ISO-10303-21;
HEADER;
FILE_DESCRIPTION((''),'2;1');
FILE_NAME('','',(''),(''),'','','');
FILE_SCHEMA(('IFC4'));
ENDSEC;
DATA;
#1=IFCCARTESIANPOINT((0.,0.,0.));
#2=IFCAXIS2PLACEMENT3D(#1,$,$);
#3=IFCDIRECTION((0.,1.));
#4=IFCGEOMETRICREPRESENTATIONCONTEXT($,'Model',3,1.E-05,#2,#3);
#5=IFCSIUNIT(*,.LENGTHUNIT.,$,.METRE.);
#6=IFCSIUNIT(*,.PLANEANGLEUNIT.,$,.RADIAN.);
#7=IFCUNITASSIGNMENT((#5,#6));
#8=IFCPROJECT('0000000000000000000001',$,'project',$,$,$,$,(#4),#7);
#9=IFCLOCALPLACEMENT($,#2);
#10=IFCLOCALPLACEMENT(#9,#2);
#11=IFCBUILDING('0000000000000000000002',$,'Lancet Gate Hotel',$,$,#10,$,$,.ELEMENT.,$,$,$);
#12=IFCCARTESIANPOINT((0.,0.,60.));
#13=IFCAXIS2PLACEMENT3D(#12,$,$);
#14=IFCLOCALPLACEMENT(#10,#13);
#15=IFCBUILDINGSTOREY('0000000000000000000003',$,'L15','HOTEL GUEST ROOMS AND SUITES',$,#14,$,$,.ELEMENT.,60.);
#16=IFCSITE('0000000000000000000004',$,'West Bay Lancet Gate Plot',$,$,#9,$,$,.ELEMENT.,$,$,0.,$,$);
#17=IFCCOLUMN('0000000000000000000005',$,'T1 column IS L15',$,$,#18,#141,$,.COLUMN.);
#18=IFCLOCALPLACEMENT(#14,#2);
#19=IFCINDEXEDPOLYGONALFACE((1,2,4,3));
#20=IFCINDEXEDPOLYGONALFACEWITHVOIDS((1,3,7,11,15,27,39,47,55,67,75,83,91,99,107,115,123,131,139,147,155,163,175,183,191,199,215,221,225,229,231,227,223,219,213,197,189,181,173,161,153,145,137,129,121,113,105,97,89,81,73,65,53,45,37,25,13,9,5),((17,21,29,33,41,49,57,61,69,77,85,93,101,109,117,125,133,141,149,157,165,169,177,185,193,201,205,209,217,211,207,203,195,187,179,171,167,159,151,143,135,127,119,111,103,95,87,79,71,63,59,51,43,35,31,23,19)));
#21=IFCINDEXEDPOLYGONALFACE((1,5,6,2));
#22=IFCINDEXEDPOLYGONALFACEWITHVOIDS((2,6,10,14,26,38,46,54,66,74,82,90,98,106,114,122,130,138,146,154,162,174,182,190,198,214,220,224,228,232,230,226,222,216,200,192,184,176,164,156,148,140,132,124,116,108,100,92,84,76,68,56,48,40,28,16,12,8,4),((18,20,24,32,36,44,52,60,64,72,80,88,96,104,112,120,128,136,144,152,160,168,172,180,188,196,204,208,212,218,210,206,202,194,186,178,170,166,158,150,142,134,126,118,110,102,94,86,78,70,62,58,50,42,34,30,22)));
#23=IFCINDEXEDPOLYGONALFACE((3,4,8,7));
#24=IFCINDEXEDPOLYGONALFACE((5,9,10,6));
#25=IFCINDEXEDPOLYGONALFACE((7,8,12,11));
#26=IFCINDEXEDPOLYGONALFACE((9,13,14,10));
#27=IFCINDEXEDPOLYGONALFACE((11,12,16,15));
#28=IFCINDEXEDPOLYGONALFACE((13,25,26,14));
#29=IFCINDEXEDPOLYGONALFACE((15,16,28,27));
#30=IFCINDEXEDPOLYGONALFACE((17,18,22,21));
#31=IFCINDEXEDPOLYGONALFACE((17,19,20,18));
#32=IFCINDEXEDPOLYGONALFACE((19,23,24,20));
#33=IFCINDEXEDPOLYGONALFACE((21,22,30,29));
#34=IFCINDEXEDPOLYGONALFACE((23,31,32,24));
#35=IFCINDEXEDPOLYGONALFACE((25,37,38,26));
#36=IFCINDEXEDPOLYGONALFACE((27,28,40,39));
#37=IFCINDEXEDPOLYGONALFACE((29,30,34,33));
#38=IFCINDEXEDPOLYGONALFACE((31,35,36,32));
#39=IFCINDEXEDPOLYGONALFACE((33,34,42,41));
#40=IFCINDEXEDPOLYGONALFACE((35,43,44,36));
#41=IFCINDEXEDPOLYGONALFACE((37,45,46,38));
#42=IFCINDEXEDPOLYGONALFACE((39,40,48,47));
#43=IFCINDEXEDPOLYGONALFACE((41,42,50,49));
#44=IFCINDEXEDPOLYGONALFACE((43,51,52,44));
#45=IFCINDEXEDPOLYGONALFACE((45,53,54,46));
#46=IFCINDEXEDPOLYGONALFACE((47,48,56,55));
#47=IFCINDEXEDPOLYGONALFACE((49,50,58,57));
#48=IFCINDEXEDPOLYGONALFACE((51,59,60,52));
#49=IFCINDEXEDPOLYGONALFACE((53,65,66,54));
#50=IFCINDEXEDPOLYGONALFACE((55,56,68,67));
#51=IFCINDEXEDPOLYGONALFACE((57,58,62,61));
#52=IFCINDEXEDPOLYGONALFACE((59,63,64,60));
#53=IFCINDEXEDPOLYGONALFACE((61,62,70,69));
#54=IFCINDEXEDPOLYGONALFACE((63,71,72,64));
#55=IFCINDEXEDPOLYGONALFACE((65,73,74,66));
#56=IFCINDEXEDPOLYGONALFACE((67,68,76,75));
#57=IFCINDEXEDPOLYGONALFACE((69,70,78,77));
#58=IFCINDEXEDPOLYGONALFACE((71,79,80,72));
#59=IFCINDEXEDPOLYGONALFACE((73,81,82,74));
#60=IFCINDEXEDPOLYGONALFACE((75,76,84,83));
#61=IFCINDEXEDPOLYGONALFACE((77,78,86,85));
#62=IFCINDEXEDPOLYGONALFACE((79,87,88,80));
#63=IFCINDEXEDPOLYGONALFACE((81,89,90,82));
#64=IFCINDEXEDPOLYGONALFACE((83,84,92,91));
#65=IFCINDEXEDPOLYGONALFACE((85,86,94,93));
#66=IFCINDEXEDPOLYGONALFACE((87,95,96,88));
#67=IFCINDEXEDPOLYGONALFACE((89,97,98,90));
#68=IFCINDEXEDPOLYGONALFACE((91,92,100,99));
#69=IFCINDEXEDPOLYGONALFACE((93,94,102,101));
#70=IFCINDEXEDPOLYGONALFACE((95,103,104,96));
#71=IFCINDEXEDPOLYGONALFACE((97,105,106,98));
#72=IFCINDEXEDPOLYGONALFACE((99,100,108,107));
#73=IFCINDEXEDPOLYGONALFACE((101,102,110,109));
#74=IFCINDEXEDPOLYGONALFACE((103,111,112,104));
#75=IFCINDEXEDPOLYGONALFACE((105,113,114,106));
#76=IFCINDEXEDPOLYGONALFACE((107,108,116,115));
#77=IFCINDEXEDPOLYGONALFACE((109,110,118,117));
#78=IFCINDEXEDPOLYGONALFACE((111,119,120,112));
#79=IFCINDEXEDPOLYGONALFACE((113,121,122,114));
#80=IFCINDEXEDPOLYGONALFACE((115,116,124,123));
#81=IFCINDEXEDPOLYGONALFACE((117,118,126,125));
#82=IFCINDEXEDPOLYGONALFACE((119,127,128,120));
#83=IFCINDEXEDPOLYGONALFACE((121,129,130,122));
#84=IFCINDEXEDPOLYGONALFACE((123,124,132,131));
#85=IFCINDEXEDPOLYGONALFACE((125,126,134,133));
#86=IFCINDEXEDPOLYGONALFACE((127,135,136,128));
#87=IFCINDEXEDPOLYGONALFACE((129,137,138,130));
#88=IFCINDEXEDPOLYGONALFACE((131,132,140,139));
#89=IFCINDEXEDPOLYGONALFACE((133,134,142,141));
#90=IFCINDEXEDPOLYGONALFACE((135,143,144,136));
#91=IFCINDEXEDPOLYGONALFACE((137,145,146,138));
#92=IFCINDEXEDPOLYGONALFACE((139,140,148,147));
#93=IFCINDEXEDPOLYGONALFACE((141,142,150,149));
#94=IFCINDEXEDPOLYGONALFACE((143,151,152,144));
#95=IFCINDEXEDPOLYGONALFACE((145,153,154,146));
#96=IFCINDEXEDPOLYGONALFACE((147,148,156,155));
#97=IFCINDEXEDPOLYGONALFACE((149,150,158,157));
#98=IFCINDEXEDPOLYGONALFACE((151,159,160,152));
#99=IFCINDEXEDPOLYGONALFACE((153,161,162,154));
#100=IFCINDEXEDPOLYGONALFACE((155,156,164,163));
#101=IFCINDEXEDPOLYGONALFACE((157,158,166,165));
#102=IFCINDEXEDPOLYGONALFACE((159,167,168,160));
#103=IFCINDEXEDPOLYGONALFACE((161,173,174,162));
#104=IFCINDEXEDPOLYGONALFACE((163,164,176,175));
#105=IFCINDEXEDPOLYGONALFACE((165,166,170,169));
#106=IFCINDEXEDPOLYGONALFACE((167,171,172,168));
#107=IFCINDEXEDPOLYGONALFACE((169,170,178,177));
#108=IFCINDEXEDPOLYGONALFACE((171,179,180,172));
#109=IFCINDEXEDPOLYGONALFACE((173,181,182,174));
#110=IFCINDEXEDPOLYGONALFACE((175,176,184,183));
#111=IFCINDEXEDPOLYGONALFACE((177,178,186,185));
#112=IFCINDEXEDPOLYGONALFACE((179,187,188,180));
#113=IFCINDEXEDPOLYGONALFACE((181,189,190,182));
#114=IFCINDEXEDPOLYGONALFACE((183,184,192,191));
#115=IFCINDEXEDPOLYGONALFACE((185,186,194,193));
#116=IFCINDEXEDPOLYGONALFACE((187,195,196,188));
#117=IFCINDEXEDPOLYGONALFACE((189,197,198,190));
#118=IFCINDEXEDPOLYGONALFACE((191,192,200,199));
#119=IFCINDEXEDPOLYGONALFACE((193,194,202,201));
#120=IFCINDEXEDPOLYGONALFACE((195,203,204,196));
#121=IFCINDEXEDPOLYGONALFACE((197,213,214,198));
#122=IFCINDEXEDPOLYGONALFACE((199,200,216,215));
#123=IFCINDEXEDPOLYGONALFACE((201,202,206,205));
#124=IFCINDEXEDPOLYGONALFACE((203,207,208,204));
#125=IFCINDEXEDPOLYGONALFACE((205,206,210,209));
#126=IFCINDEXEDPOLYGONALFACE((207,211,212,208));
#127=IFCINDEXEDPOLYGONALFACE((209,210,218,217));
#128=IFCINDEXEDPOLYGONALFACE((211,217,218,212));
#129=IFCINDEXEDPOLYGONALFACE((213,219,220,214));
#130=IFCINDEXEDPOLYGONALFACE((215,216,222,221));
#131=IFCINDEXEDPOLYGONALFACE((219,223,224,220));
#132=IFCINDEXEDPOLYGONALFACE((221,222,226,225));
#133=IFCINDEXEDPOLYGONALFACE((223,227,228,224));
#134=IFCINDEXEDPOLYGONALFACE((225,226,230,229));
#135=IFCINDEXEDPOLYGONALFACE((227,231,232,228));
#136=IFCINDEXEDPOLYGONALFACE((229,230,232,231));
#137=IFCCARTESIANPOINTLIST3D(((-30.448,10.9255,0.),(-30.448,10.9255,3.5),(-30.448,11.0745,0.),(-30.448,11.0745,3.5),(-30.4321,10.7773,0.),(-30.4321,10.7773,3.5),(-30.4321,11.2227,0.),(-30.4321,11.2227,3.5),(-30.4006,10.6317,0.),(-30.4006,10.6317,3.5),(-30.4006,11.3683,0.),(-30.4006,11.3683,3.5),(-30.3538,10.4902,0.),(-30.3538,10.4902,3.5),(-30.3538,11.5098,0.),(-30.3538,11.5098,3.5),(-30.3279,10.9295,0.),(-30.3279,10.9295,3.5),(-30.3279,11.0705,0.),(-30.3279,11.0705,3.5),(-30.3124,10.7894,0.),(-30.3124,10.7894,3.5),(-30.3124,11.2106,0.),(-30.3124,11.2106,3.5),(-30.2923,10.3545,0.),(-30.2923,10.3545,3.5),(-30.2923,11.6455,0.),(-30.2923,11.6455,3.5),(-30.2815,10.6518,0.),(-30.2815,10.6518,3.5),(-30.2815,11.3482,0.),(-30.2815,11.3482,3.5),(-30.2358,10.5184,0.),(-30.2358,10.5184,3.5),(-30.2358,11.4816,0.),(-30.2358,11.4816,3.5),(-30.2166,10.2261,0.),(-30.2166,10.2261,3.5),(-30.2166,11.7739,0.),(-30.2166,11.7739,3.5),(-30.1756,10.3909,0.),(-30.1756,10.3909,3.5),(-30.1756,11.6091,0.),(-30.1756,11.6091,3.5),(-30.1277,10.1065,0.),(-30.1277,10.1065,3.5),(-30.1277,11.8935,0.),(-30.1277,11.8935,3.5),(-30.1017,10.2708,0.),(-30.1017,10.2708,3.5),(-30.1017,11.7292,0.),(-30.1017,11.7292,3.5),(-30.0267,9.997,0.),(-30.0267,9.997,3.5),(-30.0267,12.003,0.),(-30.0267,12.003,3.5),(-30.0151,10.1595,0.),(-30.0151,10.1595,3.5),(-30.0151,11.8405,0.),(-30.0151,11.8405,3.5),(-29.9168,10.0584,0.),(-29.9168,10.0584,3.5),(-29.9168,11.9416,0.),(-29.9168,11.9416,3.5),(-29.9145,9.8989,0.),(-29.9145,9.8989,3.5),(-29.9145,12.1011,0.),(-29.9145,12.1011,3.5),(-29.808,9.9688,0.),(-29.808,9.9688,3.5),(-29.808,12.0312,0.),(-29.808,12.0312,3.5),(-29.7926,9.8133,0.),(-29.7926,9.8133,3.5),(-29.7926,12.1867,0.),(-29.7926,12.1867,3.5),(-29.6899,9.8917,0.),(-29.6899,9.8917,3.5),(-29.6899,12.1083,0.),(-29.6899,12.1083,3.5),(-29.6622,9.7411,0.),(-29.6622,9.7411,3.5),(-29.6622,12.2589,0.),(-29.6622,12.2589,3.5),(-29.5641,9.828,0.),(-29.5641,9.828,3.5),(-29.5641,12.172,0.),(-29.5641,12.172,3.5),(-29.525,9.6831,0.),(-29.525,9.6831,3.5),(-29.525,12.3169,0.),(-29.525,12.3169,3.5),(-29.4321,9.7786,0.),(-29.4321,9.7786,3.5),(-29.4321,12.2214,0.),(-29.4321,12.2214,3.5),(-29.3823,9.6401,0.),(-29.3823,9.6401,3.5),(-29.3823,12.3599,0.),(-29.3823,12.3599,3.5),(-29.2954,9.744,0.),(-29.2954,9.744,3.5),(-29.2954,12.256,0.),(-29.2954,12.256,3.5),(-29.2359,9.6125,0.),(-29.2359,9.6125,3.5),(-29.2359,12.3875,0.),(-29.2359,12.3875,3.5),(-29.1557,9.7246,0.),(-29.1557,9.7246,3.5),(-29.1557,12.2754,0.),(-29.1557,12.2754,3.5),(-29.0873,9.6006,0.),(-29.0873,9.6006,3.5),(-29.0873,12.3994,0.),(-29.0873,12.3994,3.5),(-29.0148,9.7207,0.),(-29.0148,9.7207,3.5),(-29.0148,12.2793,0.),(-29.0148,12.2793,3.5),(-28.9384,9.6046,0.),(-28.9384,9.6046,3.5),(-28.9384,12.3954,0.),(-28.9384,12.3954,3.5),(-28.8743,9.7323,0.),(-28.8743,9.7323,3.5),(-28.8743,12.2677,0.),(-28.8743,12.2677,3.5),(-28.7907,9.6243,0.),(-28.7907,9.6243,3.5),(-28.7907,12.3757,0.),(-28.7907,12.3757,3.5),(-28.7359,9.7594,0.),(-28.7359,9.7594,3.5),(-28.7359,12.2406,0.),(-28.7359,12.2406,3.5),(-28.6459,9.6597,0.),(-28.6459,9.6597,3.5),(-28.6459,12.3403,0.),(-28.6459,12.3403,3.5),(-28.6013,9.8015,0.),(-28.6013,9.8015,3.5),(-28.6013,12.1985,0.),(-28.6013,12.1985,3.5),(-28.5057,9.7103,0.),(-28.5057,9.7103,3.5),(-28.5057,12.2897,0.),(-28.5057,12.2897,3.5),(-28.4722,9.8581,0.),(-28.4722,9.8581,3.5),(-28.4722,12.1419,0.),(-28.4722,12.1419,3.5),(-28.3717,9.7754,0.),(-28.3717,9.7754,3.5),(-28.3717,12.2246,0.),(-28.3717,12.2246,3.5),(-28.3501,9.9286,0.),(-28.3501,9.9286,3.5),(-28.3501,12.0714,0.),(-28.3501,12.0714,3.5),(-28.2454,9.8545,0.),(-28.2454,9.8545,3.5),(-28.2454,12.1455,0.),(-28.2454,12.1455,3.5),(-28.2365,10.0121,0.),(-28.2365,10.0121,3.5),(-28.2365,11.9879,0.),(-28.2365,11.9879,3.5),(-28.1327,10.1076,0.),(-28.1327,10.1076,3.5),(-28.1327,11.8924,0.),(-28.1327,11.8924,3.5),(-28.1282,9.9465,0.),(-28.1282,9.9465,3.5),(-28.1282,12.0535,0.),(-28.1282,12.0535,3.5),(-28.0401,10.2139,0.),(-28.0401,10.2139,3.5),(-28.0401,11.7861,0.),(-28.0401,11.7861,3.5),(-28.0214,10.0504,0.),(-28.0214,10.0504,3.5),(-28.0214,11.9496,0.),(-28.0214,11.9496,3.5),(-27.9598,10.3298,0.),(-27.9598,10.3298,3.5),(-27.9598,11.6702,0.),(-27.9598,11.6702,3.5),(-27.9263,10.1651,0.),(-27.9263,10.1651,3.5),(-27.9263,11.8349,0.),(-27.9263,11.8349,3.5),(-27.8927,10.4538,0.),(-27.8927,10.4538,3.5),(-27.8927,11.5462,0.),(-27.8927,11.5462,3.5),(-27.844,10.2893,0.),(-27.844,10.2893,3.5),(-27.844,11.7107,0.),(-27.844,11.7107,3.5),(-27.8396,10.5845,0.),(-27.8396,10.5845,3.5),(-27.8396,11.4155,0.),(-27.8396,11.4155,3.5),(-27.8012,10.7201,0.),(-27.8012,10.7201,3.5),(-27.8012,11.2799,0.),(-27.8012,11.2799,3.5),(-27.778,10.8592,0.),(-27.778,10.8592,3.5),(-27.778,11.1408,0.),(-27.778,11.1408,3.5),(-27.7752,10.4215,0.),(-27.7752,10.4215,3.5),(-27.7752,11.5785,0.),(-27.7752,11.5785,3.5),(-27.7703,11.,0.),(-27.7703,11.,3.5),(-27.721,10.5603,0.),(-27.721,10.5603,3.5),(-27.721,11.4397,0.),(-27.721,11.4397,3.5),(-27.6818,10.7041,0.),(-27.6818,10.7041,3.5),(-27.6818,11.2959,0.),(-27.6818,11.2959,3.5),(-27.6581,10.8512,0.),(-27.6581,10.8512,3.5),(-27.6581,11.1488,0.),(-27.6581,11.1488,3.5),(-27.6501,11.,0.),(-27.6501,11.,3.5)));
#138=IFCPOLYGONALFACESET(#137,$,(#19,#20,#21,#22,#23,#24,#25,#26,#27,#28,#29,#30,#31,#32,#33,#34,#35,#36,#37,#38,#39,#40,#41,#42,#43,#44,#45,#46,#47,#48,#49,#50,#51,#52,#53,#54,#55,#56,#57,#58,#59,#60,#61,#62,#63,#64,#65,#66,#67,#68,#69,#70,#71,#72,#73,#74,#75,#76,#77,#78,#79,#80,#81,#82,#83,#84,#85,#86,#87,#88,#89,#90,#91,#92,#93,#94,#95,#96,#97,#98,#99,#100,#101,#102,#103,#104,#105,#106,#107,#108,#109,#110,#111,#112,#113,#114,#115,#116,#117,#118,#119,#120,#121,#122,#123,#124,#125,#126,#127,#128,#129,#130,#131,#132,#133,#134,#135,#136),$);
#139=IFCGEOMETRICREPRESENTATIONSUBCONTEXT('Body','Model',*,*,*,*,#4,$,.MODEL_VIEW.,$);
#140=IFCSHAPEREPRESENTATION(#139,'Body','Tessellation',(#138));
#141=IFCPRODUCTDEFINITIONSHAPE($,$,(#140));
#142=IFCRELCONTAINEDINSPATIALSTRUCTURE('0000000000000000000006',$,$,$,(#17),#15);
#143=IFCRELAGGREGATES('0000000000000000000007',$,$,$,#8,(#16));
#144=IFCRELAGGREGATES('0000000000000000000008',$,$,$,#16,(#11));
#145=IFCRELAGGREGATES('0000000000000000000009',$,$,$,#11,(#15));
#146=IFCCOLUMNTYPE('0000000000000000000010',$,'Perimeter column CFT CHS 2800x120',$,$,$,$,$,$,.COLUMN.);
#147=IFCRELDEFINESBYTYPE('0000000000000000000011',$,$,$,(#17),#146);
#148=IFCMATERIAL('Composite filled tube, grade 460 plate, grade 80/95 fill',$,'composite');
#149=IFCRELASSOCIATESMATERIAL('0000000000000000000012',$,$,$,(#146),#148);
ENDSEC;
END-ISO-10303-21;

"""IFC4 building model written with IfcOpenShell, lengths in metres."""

from ifc_helpers import new_model, si_unit, direction, frame, origin, origin_2d, place, context, subcontext, project, spatial, hollow_circle, extrude, material, material_profile, profile_set, type_object, element, save


model = new_model("IFC4")

# Units and contexts
model_context = context("Model", 3, precision=1e-05, world=origin(), true_north=direction((0.0, 1.0)))
body_context = subcontext(model_context, "Body", "Model", "MODEL_VIEW")
ifc_project = project(units=[si_unit("LENGTHUNIT", "METRE"), si_unit("PLANEANGLEUNIT", "RADIAN")], contexts=[model_context])

# Site, building, storey
site_placement = place(None, origin())
site = spatial("IfcSite", under=ifc_project, at=site_placement, Name="West Bay Lancet Gate Plot", CompositionType="ELEMENT", RefElevation=0.0)
building_placement = place(site_placement, origin())
building = spatial("IfcBuilding", under=site, at=building_placement, Name="Lancet Gate Hotel", CompositionType="ELEMENT")
storey_placement = place(building_placement, frame((0.0, 0.0, 60.0)))
storey = spatial("IfcBuildingStorey", under=building, at=storey_placement, Name="L15", Description="HOTEL GUEST ROOMS AND SUITES", CompositionType="ELEMENT", Elevation=60.0)

# Column
ifc_material_1 = material(Name="Composite filled tube, grade 460 plate, grade 80/95 fill", Category="composite")
ifc_material_profile_1 = material_profile(ifc_material_1, hollow_circle(Radius=1.3999, WallThickness=0.1201, at=origin_2d()), Name="CHS 2800x120")
ifc_profile_set_1 = profile_set([ifc_material_profile_1], Name="Composite filled tube, grade 460 plate, grade 80/95 fill")
column_type = type_object("IfcColumnType", Name="Perimeter column CFT CHS 2800x120", PredefinedType="COLUMN", material=ifc_profile_set_1)
for number, where, z_axis, x_axis, name in (
    (1, (-29.05, 11.0, 0.0), (0.0, 0.0, 1.0), (1.0, 0.0, 0.0), "T1 column IS L15"),
):
    element("IfcColumn", number, at=place(storey_placement, frame(where, z_axis=z_axis, x_axis=x_axis)), inside=storey, type_object=column_type, Name=name, PredefinedType="COLUMN", context=body_context, shape_type="SweptSolid", body=[
        extrude(hollow_circle(Radius=1.3999, WallThickness=0.1201, at=origin_2d()), origin(), (0.0, 0.0, 1.0), 3.5),
    ])

save(model, "model.ifc")
